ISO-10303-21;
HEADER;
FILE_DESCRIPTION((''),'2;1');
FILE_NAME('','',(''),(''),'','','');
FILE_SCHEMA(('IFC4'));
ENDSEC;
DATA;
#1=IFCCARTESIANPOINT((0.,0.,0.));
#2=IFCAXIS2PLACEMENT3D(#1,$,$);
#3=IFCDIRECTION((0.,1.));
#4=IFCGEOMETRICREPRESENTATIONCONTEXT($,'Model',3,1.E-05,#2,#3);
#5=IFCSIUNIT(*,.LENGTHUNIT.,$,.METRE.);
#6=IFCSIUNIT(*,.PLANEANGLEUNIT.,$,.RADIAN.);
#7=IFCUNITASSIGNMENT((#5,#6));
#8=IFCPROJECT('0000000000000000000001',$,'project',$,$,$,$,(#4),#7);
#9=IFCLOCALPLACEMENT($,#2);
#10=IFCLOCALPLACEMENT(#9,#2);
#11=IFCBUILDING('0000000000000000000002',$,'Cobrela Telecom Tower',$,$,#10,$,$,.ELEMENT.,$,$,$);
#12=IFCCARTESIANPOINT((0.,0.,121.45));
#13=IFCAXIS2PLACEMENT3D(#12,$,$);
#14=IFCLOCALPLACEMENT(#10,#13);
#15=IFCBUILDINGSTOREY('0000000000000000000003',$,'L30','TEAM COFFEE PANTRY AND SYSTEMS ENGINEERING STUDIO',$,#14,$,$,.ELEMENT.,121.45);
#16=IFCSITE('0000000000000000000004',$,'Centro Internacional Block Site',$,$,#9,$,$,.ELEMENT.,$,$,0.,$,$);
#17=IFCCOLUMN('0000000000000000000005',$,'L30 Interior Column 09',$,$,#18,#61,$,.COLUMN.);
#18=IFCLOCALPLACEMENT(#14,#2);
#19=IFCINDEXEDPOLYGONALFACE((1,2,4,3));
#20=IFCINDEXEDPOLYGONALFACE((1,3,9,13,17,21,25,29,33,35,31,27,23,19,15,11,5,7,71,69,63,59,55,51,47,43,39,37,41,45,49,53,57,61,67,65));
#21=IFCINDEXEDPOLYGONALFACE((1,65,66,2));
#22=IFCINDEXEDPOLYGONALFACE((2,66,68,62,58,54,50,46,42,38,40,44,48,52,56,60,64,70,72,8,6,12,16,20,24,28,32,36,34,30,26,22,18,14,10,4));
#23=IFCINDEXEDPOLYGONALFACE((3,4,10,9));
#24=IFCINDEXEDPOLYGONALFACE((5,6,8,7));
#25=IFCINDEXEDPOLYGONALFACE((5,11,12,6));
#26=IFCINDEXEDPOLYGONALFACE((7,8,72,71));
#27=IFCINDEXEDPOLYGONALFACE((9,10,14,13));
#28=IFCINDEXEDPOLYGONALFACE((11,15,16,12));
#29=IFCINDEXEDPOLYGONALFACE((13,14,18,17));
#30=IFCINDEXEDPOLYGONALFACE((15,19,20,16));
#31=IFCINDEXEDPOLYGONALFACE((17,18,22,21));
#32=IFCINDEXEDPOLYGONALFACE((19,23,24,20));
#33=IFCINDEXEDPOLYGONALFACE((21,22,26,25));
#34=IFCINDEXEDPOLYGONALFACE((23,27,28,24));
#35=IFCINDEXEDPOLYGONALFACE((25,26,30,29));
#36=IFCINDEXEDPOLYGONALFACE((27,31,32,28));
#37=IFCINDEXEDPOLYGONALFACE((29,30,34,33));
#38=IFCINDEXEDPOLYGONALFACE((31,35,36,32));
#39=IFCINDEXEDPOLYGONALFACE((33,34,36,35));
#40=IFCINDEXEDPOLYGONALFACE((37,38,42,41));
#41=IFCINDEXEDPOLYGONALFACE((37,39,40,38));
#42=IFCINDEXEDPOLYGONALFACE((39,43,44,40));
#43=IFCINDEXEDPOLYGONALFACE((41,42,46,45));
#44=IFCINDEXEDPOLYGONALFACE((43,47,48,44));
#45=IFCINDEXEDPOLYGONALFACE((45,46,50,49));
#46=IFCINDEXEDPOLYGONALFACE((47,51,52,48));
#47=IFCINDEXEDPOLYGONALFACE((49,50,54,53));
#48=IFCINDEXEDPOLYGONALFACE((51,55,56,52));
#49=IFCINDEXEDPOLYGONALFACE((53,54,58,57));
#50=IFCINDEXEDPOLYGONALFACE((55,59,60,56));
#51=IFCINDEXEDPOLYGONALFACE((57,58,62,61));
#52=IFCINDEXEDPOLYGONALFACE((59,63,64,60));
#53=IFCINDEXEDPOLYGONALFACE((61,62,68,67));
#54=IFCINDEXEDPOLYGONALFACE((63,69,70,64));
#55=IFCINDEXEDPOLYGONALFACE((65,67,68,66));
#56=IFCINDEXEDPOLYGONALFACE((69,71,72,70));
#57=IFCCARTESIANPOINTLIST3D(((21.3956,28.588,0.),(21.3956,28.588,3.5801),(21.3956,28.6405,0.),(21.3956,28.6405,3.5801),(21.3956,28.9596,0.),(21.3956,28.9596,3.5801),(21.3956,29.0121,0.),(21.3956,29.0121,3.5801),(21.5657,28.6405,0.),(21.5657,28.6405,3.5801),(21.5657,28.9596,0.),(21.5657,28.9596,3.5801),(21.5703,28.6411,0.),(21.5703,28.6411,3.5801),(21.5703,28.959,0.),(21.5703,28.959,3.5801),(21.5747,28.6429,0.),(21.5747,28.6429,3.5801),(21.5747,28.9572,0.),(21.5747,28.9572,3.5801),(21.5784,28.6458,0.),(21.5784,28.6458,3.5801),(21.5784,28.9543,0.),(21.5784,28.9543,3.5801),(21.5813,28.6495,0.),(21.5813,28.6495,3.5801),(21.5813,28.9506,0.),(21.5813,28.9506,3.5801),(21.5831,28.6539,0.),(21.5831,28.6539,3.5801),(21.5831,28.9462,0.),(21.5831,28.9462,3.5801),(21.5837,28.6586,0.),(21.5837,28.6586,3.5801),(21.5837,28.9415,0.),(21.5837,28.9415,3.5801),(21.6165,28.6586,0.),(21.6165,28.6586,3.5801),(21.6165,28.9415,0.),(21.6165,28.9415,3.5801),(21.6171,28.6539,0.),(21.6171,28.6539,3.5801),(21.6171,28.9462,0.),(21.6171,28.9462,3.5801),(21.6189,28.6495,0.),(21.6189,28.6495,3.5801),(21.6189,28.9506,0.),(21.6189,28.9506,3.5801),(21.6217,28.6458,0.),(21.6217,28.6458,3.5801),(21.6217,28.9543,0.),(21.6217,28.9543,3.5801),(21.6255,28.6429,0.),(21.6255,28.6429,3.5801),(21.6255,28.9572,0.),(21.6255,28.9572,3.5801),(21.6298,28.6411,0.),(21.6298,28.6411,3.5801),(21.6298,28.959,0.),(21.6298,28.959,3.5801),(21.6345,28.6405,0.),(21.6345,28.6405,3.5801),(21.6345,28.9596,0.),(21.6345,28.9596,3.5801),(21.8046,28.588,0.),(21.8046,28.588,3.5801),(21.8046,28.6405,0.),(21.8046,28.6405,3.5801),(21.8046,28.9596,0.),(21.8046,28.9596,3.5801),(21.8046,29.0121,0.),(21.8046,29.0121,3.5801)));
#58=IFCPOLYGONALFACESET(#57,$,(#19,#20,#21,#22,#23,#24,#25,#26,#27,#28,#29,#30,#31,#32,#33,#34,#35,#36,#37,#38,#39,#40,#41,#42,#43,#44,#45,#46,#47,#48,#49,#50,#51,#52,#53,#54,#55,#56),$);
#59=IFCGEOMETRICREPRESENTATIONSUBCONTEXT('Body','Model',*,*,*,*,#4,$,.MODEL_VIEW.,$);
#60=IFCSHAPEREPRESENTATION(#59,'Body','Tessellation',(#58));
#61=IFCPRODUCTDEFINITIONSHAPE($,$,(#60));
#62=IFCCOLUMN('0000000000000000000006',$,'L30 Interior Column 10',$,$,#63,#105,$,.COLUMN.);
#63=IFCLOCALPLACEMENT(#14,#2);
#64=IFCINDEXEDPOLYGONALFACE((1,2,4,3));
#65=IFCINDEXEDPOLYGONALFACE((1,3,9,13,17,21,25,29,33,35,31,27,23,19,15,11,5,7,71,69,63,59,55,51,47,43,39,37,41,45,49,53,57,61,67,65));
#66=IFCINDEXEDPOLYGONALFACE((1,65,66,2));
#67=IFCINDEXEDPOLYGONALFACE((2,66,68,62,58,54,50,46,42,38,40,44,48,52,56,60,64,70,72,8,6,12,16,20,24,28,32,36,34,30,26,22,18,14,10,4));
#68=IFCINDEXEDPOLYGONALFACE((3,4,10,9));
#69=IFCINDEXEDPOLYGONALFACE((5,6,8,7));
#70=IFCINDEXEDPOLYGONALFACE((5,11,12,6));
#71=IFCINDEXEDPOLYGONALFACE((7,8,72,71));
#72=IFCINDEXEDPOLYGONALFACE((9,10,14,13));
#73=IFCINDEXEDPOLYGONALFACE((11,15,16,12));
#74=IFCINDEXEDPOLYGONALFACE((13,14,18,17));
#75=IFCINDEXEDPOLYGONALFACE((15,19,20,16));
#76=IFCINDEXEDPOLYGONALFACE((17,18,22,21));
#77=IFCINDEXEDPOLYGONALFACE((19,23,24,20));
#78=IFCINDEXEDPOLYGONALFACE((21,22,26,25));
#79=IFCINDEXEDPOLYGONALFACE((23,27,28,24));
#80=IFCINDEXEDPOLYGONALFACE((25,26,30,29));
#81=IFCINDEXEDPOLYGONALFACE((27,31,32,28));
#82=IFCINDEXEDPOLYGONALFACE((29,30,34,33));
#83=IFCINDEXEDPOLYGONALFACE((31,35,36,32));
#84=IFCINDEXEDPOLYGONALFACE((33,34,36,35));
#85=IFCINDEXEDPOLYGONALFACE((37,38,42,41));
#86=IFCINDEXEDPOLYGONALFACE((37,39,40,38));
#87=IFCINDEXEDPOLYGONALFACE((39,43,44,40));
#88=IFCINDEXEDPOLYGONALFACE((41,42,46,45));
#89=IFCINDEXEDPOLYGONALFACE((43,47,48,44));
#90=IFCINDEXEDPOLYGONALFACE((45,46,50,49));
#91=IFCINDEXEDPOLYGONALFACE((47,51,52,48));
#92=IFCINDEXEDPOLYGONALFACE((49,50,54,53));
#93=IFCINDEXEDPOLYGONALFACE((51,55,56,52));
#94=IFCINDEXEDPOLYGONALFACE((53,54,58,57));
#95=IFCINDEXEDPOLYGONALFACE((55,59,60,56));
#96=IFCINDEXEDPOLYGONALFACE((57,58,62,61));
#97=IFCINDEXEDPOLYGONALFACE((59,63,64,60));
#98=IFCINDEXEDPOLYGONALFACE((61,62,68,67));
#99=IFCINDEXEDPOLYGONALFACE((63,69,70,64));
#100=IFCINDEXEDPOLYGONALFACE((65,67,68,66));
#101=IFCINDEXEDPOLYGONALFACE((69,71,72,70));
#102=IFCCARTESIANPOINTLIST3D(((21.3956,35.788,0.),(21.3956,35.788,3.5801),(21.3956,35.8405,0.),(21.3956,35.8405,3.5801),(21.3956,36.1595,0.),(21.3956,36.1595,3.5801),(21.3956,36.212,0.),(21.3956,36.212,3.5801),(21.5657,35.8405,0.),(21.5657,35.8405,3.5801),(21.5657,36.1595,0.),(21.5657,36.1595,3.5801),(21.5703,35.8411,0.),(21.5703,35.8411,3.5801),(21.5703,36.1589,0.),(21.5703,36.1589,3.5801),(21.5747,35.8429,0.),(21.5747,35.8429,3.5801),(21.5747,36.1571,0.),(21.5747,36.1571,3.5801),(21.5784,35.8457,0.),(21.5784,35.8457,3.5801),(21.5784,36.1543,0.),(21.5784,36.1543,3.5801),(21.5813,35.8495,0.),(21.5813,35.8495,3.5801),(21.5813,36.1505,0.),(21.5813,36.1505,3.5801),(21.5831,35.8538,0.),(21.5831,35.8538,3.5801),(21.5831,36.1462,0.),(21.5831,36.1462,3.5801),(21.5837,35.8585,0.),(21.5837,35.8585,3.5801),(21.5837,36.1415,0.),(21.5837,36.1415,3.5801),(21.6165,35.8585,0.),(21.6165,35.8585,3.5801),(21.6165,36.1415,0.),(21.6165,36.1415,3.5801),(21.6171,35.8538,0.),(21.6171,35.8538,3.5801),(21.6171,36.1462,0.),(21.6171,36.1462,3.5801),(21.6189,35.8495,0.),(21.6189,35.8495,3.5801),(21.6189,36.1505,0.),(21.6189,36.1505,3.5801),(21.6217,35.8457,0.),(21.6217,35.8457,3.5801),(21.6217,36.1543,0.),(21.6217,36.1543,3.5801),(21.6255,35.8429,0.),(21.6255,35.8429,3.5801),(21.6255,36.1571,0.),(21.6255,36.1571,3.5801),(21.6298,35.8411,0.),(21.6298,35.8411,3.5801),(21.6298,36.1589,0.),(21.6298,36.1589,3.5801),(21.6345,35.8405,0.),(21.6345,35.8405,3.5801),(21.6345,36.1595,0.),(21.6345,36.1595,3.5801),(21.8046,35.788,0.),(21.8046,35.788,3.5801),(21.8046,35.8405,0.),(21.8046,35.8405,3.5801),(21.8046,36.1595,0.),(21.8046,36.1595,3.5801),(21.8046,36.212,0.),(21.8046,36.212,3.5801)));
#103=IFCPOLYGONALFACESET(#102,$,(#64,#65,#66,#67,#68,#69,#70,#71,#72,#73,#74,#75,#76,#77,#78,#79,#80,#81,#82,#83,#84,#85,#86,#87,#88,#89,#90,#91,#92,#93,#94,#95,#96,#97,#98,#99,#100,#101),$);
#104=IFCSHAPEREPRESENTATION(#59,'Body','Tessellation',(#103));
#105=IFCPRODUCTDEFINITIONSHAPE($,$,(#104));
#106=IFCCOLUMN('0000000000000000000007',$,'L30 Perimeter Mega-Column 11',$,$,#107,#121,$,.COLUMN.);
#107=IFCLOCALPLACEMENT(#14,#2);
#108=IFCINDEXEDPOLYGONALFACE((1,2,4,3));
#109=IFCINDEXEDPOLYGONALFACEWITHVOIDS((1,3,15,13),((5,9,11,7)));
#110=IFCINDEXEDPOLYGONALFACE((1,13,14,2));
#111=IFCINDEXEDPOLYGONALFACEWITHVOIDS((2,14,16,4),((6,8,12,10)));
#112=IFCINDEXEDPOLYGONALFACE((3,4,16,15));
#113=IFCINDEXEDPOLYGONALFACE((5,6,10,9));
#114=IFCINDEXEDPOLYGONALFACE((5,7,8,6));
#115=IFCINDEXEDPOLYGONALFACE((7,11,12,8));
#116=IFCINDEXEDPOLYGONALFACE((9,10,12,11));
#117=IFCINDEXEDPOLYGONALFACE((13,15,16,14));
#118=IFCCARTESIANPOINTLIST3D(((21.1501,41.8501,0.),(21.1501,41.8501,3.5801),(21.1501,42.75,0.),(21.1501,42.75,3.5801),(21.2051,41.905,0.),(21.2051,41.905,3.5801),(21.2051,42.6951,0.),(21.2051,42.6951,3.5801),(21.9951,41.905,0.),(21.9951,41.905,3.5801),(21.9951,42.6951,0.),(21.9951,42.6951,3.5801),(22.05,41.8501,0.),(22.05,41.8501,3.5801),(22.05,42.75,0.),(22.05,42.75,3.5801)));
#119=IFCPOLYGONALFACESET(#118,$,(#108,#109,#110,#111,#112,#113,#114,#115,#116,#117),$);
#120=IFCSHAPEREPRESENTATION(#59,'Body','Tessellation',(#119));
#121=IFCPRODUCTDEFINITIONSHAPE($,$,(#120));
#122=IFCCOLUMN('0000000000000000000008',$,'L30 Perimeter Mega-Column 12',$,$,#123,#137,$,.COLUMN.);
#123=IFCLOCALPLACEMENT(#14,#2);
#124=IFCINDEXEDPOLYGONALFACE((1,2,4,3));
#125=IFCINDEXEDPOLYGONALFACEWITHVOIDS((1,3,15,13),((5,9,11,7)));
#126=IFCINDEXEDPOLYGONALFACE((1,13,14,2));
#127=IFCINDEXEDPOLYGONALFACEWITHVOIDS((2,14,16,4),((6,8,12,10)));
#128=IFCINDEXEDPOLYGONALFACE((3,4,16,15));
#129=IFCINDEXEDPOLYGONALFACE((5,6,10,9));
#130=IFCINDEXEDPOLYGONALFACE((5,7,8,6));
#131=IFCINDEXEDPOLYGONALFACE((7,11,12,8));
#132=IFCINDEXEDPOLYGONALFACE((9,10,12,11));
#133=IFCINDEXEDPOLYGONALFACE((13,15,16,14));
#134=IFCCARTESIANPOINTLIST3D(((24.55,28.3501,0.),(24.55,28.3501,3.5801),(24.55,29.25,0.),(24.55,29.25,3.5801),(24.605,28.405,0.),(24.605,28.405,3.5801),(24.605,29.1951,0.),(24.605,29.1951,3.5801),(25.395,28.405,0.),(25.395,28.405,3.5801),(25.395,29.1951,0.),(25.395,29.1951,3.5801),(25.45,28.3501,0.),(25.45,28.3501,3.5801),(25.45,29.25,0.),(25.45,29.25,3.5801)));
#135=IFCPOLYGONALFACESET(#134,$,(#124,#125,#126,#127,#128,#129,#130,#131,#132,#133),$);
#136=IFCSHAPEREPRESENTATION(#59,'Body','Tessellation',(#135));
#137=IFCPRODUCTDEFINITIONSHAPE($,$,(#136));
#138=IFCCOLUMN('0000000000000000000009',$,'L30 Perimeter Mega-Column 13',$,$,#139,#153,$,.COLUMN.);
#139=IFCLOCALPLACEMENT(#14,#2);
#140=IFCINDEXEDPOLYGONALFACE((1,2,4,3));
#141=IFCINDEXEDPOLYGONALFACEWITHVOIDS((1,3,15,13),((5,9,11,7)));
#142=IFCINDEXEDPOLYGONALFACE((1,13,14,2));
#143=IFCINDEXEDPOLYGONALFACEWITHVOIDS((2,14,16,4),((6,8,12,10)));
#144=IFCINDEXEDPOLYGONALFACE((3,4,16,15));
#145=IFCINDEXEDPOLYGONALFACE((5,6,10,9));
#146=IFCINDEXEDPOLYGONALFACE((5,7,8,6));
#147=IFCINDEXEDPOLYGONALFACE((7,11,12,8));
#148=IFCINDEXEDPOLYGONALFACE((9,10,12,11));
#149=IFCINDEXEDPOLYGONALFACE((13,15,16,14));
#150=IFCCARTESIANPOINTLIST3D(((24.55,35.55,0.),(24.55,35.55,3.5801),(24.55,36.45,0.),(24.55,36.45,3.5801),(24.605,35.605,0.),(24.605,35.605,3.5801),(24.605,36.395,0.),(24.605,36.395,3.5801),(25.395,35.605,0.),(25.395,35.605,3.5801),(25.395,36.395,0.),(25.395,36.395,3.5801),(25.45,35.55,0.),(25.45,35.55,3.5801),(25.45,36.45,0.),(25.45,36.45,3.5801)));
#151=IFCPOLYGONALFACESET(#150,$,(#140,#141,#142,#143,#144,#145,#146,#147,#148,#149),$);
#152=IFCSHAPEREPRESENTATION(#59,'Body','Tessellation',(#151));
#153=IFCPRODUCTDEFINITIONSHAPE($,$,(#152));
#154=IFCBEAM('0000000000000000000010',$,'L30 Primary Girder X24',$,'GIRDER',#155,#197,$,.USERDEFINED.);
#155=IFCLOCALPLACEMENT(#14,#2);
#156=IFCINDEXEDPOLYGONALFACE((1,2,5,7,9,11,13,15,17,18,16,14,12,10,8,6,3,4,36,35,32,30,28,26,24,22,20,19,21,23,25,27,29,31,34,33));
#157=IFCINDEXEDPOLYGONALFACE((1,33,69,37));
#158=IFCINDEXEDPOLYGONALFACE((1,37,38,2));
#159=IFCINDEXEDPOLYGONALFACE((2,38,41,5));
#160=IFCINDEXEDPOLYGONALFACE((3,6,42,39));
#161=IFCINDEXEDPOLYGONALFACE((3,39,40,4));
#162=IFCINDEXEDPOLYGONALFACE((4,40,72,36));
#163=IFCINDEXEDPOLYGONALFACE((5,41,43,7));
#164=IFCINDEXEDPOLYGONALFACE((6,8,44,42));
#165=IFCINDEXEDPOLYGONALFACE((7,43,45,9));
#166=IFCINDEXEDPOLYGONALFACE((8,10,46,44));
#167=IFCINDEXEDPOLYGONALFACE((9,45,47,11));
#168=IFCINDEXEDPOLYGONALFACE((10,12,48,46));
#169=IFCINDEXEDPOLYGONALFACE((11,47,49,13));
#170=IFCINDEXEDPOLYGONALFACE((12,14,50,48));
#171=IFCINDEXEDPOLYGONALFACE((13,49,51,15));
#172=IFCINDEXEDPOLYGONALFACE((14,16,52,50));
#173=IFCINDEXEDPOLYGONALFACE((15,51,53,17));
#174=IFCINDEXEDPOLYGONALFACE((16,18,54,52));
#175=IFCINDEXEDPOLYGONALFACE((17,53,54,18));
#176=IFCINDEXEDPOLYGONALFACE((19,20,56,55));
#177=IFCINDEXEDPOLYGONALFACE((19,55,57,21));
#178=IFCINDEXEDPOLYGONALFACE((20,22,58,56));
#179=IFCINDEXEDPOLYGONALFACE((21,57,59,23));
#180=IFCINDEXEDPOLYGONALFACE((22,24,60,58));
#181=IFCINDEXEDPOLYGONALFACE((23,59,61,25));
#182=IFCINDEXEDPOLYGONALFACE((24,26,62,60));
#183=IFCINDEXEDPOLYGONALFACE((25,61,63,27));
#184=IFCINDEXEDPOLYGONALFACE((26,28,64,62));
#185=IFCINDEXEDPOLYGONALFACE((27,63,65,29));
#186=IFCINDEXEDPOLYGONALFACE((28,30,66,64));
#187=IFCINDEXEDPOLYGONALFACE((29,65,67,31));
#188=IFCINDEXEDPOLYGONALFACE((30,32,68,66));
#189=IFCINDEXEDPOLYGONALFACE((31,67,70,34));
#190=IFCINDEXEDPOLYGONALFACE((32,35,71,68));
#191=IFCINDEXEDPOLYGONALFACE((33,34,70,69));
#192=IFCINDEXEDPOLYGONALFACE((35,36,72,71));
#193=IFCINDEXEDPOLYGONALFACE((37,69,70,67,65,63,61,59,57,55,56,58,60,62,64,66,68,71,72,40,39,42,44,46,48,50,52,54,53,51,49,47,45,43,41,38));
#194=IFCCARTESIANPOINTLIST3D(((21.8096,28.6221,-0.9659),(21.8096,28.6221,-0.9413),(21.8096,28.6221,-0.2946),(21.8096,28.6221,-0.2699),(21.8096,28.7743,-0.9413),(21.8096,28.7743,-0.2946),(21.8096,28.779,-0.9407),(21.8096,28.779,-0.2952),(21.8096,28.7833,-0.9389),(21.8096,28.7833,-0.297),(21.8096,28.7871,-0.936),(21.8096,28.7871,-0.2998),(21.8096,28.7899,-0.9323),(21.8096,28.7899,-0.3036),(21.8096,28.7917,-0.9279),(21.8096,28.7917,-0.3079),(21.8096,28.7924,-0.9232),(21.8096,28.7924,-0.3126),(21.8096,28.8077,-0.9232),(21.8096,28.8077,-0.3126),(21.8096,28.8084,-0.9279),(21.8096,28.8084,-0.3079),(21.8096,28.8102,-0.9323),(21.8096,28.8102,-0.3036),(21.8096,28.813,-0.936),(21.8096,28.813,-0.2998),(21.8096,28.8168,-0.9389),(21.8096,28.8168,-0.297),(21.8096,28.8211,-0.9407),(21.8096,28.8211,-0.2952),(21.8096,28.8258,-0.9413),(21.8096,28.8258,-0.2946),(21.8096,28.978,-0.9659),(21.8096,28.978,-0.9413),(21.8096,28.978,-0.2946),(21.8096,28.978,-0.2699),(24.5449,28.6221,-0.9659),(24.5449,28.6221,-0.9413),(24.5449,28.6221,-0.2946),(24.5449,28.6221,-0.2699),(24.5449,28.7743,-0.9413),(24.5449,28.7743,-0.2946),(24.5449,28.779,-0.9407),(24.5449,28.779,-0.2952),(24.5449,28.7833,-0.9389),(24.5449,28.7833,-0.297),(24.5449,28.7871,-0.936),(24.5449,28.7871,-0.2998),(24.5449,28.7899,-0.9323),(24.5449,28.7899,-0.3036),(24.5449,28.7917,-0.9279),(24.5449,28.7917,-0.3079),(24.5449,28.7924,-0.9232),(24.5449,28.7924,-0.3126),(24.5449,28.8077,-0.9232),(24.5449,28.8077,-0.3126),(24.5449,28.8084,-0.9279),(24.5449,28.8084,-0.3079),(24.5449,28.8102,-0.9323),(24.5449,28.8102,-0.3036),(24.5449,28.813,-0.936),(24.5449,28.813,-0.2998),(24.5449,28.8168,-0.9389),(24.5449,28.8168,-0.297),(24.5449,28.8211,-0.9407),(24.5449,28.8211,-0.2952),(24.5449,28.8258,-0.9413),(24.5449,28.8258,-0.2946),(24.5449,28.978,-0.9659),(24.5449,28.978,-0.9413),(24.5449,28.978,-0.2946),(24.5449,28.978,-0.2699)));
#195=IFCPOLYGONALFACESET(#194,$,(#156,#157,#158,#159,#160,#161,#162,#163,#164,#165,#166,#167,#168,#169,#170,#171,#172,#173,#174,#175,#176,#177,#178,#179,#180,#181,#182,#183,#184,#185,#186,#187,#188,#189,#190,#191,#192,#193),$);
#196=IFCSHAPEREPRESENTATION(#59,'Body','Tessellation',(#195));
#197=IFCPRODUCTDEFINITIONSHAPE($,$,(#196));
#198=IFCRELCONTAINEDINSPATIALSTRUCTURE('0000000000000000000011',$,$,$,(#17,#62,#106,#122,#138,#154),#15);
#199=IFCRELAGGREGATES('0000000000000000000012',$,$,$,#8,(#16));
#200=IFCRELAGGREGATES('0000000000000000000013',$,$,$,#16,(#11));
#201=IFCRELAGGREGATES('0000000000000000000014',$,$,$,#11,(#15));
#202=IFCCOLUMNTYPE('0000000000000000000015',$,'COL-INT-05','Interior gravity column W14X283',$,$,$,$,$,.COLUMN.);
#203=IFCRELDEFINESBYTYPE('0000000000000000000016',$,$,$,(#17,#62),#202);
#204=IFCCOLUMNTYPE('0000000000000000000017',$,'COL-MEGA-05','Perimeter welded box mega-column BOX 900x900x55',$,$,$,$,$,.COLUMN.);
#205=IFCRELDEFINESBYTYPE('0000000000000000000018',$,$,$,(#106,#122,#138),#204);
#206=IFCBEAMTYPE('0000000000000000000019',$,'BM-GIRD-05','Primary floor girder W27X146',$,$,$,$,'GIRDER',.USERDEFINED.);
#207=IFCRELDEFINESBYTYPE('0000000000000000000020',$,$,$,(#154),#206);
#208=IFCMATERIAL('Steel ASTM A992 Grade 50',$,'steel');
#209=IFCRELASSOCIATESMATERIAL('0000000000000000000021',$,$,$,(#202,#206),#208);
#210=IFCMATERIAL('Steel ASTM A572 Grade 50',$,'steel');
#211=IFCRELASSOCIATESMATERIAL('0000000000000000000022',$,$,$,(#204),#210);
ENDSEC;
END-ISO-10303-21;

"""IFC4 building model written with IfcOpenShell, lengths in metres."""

from ifc_helpers import new_model, si_unit, direction, frame, origin, origin_2d, place, context, subcontext, project, spatial, hollow_rectangle, i_section, extrude, material, material_profile, profile_set, type_object, element, save


model = new_model("IFC4")

# Units and contexts
model_context = context("Model", 3, precision=1e-05, world=origin(), true_north=direction((0.0, 1.0)))
body_context = subcontext(model_context, "Body", "Model", "MODEL_VIEW")
ifc_project = project(units=[si_unit("LENGTHUNIT", "METRE"), si_unit("PLANEANGLEUNIT", "RADIAN")], contexts=[model_context])

# Site, building, storey
site_placement = place(None, origin())
site = spatial("IfcSite", under=ifc_project, at=site_placement, Name="Centro Internacional Block Site", CompositionType="ELEMENT", RefElevation=0.0)
building_placement = place(site_placement, origin())
building = spatial("IfcBuilding", under=site, at=building_placement, Name="Cobrela Telecom Tower", CompositionType="ELEMENT")
storey_placement = place(building_placement, frame((0.0, 0.0, 121.45)))
storey = spatial("IfcBuildingStorey", under=building, at=storey_placement, Name="L30", Description="TEAM COFFEE PANTRY AND SYSTEMS ENGINEERING STUDIO", CompositionType="ELEMENT", Elevation=121.45)

# Columns
ifc_material_1 = material(Name="Steel ASTM A992 Grade 50", Category="steel")
ifc_material_profile_1 = material_profile(ifc_material_1, i_section(OverallWidth=0.4089, OverallDepth=0.4241, WebThickness=0.0327, FlangeThickness=0.0525, FilletRadius=0.0181, at=origin_2d()), Name="W14X283")
ifc_profile_set_1 = profile_set([ifc_material_profile_1], Name="Steel ASTM A992 Grade 50")
column_type_1 = type_object("IfcColumnType", Name="COL-INT-05", Description="Interior gravity column W14X283", PredefinedType="COLUMN", material=ifc_profile_set_1)
for number, where, z_axis, x_axis, name in (
    (1, (21.6001, 28.8, 0.0), (0.0, 0.0, 1.0), (1.0, 0.0, 0.0), "L30 Interior Column 09"),
    (2, (21.6001, 36.0, 0.0), (0.0, 0.0, 1.0), (1.0, 0.0, 0.0), "L30 Interior Column 10"),
):
    element("IfcColumn", number, at=place(storey_placement, frame(where, z_axis=z_axis, x_axis=x_axis)), inside=storey, type_object=column_type_1, Name=name, PredefinedType="COLUMN", context=body_context, shape_type="SweptSolid", body=[
        extrude(i_section(OverallWidth=0.4089, OverallDepth=0.4241, WebThickness=0.0327, FlangeThickness=0.0525, FilletRadius=0.0181, at=origin_2d()), origin(), (0.0, 0.0, 1.0), 3.5801),
    ])
ifc_material_2 = material(Name="Steel ASTM A572 Grade 50", Category="steel")
ifc_material_profile_2 = material_profile(ifc_material_2, hollow_rectangle(XDim=0.8999, YDim=0.8999, WallThickness=0.0549, at=origin_2d()), Name="BOX 900x900x55")
ifc_profile_set_2 = profile_set([ifc_material_profile_2], Name="Steel ASTM A572 Grade 50")
column_type_2 = type_object("IfcColumnType", Name="COL-MEGA-05", Description="Perimeter welded box mega-column BOX 900x900x55", PredefinedType="COLUMN", material=ifc_profile_set_2)
for number, where, z_axis, x_axis, name in (
    (3, (21.6001, 42.3, 0.0), (0.0, 0.0, 1.0), (1.0, 0.0, 0.0), "L30 Perimeter Mega-Column 11"),
    (4, (25.0, 28.8, 0.0), (0.0, 0.0, 1.0), (1.0, 0.0, 0.0), "L30 Perimeter Mega-Column 12"),
    (5, (25.0, 36.0, 0.0), (0.0, 0.0, 1.0), (1.0, 0.0, 0.0), "L30 Perimeter Mega-Column 13"),
):
    element("IfcColumn", number, at=place(storey_placement, frame(where, z_axis=z_axis, x_axis=x_axis)), inside=storey, type_object=column_type_2, Name=name, PredefinedType="COLUMN", context=body_context, shape_type="SweptSolid", body=[
        extrude(hollow_rectangle(XDim=0.8999, YDim=0.8999, WallThickness=0.0549, at=origin_2d()), origin(), (0.0, 0.0, 1.0), 3.5801),
    ])

# Beam
ifc_material_profile_3 = material_profile(ifc_material_1, i_section(OverallWidth=0.356, OverallDepth=0.696, WebThickness=0.0154, FlangeThickness=0.0247, FilletRadius=0.0181, at=origin_2d()), Name="W27X146")
ifc_profile_set_3 = profile_set([ifc_material_profile_3], Name="Steel ASTM A992 Grade 50")
beam_type_1 = type_object("IfcBeamType", Name="BM-GIRD-05", Description="Primary floor girder W27X146", ElementType="GIRDER", PredefinedType="USERDEFINED", material=ifc_profile_set_3)
for number, where, z_axis, x_axis, name in (
    (6, (21.8096, 28.8, -0.6179), (1.0, 0.0, 0.0), (0.0, 1.0, 0.0), "L30 Primary Girder X24"),
):
    element("IfcBeam", number, at=place(storey_placement, frame(where, z_axis=z_axis, x_axis=x_axis)), inside=storey, type_object=beam_type_1, Name=name, ObjectType="GIRDER", PredefinedType="USERDEFINED", context=body_context, shape_type="SweptSolid", body=[
        extrude(i_section(OverallWidth=0.356, OverallDepth=0.696, WebThickness=0.0154, FlangeThickness=0.0247, FilletRadius=0.0181, at=origin_2d()), origin(), (0.0, 0.0, 1.0), 2.7354),
    ])

save(model, "model.ifc")
